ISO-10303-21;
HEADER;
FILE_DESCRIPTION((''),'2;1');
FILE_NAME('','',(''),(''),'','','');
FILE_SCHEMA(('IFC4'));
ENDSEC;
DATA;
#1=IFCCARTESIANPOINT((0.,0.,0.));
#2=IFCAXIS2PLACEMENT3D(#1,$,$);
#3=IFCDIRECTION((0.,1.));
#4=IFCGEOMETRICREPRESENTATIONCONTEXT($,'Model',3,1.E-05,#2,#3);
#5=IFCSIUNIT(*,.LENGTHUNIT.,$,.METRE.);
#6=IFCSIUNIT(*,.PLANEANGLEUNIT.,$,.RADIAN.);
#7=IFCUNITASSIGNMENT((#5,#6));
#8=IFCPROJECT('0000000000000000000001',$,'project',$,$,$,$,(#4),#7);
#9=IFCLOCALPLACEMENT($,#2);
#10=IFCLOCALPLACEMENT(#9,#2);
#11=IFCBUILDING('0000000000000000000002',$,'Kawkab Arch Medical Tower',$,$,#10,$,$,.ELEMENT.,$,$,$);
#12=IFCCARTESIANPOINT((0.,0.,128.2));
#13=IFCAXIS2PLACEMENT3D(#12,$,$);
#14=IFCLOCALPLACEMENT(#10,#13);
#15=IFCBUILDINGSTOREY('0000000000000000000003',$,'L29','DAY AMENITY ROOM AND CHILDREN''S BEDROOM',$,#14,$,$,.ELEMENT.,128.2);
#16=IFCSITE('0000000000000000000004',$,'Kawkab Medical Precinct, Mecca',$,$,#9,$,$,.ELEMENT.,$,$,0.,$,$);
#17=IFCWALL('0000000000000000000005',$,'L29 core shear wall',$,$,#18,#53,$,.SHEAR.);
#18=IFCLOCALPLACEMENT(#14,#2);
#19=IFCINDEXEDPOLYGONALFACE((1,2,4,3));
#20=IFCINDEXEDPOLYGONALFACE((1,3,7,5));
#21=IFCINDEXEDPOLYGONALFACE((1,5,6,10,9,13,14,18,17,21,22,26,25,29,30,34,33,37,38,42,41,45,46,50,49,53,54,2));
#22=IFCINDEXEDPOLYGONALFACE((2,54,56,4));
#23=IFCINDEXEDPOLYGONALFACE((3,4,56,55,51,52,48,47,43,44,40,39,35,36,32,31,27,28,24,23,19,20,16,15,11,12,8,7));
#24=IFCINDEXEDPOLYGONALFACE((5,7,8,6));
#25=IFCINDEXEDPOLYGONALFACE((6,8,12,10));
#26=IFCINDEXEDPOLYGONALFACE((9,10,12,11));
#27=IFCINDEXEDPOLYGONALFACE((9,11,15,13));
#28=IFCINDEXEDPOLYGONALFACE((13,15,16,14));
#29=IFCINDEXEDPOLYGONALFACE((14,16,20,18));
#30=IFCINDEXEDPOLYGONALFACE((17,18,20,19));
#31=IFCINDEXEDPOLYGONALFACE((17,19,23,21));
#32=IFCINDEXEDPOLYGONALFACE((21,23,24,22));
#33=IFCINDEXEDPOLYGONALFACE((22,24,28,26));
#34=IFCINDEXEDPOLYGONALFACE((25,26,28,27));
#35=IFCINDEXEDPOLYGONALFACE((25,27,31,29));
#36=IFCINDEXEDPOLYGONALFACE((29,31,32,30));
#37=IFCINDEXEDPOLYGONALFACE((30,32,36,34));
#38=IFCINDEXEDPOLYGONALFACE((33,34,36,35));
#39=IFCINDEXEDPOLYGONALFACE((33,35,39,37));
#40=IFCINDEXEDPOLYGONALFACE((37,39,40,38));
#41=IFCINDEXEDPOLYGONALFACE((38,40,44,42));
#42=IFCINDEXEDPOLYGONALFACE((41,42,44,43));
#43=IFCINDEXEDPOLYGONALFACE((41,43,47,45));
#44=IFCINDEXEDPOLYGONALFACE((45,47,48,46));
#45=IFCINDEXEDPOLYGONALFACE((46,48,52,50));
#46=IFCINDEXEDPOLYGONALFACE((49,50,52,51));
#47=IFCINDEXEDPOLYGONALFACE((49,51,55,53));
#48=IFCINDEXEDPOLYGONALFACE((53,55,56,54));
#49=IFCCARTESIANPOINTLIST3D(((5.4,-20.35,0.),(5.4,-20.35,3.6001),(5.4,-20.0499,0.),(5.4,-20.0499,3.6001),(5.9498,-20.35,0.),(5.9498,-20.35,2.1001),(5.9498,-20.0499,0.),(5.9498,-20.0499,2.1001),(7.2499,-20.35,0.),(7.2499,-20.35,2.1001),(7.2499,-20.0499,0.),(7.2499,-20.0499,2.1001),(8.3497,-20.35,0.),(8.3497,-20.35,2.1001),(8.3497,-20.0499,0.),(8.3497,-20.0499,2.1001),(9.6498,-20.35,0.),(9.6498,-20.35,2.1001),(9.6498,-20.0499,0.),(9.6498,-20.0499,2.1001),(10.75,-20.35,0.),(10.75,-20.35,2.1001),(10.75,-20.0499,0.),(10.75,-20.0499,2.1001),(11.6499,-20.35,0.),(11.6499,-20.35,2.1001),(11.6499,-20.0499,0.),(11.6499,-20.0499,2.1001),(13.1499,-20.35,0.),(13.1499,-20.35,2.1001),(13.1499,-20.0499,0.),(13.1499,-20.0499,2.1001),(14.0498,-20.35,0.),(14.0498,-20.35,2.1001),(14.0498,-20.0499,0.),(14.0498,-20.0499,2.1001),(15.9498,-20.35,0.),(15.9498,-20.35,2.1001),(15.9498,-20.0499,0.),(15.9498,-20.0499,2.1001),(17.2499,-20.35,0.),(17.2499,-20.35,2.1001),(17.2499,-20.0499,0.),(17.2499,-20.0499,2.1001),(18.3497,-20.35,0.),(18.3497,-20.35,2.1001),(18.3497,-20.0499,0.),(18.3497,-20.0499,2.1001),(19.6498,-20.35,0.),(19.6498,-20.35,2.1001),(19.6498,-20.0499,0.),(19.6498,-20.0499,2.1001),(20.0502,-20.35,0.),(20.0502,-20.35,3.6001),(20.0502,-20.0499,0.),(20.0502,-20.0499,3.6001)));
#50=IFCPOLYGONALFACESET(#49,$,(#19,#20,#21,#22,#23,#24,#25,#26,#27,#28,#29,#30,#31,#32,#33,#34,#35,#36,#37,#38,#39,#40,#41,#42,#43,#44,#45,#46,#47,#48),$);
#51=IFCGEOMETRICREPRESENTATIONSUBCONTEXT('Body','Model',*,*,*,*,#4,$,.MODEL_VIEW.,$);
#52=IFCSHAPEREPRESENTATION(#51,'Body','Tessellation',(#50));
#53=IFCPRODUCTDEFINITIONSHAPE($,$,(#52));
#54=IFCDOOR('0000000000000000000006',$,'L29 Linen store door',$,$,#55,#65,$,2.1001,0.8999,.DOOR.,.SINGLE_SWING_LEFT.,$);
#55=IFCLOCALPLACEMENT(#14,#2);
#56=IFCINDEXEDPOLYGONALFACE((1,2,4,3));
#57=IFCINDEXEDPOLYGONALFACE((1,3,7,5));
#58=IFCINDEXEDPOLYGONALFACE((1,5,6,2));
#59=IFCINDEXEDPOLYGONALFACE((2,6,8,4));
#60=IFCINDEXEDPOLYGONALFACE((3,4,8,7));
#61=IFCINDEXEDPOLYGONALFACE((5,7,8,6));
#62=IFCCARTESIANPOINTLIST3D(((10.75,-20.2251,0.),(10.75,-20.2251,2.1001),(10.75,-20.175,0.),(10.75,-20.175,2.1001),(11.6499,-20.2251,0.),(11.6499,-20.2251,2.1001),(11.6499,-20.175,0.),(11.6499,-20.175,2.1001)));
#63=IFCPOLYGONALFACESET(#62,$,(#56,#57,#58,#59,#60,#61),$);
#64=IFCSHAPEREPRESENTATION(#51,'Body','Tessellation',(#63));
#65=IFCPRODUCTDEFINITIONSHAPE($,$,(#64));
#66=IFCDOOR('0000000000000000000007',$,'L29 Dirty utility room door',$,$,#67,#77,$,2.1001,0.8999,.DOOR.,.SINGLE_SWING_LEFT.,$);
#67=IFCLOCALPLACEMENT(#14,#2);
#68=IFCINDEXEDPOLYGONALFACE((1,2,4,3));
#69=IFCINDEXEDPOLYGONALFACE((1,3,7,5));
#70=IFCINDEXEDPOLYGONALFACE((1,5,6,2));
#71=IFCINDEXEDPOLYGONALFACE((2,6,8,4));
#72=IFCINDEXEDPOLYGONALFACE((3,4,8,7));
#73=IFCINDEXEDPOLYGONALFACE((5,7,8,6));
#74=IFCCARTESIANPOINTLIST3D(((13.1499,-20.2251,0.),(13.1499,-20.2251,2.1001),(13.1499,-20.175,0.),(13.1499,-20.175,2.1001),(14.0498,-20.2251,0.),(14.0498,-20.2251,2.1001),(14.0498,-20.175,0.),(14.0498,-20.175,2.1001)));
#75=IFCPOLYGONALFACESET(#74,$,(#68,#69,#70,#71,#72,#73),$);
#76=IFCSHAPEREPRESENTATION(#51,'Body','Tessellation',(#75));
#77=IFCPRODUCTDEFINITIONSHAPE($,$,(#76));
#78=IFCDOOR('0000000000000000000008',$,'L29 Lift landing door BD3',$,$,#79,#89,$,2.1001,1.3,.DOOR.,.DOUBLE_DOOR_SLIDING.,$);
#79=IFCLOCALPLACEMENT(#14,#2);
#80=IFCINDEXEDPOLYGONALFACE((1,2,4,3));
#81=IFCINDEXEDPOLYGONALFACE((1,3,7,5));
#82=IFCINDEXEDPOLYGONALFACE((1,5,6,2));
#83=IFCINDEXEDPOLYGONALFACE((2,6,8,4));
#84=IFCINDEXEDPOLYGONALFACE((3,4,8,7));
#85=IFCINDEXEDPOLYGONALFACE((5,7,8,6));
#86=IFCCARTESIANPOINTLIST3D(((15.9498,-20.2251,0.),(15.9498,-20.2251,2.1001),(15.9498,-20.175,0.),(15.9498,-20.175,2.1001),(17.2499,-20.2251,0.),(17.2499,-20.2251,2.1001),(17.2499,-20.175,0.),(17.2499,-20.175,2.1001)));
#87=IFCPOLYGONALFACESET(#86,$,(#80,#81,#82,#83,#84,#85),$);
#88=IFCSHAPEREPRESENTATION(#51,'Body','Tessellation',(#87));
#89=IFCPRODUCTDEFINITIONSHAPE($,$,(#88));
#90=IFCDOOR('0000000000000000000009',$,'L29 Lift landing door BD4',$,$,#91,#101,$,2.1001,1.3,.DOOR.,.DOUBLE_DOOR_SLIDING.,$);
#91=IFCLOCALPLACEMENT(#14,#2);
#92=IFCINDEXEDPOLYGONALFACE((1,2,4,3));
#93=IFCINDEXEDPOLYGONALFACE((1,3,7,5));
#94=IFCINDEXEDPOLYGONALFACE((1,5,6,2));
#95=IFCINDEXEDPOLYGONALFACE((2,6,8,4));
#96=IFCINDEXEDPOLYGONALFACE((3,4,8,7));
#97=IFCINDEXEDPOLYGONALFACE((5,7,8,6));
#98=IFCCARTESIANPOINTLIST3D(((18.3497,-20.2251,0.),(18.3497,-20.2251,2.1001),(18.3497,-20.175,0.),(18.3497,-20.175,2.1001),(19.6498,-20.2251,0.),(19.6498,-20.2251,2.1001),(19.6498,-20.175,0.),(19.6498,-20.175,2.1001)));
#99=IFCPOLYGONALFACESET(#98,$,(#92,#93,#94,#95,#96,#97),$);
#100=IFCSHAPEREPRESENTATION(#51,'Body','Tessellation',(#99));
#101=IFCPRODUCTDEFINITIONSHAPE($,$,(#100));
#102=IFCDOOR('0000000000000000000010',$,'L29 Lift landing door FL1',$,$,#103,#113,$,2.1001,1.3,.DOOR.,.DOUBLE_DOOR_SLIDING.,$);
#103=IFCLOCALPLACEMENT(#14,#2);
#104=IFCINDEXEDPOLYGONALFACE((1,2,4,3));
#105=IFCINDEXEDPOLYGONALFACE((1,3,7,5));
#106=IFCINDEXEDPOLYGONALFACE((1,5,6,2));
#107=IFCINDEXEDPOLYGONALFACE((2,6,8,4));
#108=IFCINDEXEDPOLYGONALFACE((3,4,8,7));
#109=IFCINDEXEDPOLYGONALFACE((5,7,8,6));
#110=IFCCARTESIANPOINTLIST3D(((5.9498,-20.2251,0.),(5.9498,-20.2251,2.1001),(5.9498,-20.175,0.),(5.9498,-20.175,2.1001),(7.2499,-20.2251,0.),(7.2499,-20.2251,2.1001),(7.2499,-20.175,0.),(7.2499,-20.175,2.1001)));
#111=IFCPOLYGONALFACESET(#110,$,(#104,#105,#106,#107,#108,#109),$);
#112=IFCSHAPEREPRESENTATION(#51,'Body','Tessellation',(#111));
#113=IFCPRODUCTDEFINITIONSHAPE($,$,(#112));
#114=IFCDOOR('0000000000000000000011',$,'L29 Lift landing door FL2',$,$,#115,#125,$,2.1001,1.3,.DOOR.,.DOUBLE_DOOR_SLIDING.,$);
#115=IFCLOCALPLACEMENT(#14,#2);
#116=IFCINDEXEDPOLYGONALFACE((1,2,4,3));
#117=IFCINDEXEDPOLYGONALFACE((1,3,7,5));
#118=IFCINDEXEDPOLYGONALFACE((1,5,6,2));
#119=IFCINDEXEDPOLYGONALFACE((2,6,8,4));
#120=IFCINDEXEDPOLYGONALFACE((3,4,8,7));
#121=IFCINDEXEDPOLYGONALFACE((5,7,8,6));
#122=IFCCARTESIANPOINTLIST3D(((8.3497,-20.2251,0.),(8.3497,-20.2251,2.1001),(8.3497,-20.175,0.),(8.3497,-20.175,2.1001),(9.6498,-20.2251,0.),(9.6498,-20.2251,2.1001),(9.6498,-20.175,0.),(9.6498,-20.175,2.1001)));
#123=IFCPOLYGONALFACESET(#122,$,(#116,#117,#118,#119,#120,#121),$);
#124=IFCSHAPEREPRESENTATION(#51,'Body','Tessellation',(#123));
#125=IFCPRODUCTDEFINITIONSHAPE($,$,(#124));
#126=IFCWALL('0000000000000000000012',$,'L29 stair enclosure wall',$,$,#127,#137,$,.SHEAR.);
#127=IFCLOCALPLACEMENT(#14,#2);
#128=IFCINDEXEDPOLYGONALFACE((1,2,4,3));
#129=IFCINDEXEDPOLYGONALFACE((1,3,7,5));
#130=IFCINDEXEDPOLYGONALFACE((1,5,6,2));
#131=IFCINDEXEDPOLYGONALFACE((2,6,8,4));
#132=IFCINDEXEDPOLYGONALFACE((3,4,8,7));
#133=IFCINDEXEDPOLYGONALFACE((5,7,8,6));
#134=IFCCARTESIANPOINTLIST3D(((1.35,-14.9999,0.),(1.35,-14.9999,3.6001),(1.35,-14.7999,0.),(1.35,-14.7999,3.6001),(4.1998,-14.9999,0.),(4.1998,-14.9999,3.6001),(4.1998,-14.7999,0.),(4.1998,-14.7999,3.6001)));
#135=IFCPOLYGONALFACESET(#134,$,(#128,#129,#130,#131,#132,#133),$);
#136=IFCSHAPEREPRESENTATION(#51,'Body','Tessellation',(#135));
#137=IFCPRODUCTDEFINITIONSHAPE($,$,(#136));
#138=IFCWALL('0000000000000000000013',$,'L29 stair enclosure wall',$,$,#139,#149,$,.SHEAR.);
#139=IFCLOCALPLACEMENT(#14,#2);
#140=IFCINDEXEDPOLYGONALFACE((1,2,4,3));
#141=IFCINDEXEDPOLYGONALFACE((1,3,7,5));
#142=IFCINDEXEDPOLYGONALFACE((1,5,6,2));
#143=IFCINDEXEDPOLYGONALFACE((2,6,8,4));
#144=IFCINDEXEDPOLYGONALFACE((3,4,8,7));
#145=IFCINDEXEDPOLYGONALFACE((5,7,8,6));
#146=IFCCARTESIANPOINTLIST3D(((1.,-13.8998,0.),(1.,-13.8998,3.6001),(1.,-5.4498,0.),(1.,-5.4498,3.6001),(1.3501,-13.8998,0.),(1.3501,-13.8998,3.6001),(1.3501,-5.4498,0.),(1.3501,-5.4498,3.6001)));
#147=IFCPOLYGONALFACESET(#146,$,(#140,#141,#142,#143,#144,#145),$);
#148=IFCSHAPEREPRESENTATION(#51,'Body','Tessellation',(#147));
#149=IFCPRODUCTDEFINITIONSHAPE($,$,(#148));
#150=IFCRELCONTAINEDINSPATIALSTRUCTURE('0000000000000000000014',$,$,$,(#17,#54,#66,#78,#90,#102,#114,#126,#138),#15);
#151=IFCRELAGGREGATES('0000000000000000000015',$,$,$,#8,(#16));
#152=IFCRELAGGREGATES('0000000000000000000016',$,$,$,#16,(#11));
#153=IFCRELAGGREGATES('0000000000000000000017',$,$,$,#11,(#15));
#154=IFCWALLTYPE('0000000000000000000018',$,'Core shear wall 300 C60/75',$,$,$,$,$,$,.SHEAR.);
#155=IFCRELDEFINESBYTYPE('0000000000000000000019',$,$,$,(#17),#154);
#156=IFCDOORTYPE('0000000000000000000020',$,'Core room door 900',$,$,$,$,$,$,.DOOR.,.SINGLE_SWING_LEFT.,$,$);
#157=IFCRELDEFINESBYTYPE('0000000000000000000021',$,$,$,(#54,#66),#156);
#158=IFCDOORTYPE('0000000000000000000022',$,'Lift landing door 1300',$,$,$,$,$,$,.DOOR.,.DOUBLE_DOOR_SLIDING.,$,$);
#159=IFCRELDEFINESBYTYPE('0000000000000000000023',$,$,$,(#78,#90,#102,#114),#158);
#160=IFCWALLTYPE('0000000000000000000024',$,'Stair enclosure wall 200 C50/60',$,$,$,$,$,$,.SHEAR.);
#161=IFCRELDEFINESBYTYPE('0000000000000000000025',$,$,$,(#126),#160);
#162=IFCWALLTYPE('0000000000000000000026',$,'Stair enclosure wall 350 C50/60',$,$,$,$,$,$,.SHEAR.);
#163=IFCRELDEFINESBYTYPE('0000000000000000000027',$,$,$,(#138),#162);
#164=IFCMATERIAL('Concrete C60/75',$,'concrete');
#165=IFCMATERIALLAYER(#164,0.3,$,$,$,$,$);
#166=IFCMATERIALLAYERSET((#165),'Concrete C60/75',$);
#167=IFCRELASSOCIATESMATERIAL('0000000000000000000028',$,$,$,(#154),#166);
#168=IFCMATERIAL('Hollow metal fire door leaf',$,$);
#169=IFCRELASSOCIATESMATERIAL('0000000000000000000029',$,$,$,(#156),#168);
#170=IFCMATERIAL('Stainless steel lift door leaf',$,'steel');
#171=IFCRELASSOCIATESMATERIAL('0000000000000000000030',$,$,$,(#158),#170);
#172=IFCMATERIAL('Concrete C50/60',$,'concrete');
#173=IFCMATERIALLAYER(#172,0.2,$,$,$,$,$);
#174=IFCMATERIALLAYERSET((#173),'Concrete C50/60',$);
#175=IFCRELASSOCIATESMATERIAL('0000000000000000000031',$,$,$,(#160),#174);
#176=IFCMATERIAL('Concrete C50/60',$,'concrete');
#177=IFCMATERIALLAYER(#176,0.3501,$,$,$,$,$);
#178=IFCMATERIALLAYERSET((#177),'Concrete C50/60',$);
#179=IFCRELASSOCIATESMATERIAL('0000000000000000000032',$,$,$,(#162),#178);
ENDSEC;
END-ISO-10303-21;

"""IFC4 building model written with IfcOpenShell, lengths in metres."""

from ifc_helpers import new_model, si_unit, direction, frame, frame_2d, origin, place, context, subcontext, project, spatial, rectangle, extrude, material, layer, layer_set, type_object, element, fill, save


model = new_model("IFC4")

# Units and contexts
model_context = context("Model", 3, precision=1e-05, world=origin(), true_north=direction((0.0, 1.0)))
body_context = subcontext(model_context, "Body", "Model", "MODEL_VIEW")
ifc_project = project(units=[si_unit("LENGTHUNIT", "METRE"), si_unit("PLANEANGLEUNIT", "RADIAN")], contexts=[model_context])

# Site, building, storey
site_placement = place(None, origin())
site = spatial("IfcSite", under=ifc_project, at=site_placement, Name="Kawkab Medical Precinct, Mecca", CompositionType="ELEMENT", RefElevation=0.0)
building_placement = place(site_placement, origin())
building = spatial("IfcBuilding", under=site, at=building_placement, Name="Kawkab Arch Medical Tower", CompositionType="ELEMENT")
storey_placement = place(building_placement, frame((0.0, 0.0, 128.2)))
storey = spatial("IfcBuildingStorey", under=building, at=storey_placement, Name="L29", Description="DAY AMENITY ROOM AND CHILDREN'S BEDROOM", CompositionType="ELEMENT", Elevation=128.2)

# Shared definitions
ifc_material_1 = material(Name="Concrete C60/75", Category="concrete")
ifc_layer_1 = layer(ifc_material_1, 0.3)
ifc_layer_set_1 = layer_set([ifc_layer_1], Name="Concrete C60/75")
wall_type_1 = type_object("IfcWallType", Name="Core shear wall 300 C60/75", PredefinedType="SHEAR", material=ifc_layer_set_1)

# Wall, openings, doors
wall_1_placement = place(storey_placement, frame((5.3999, -20.2, 0.0), z_axis=(0.0, 0.0, 1.0), x_axis=(1.0, 0.0, 0.0)))
wall_1 = element("IfcWall", 1, at=wall_1_placement, inside=storey, type_object=wall_type_1, Name="L29 core shear wall", PredefinedType="SHEAR", context=body_context, shape_type="SweptSolid", body=[
    extrude(rectangle(XDim=14.6501, YDim=0.3, at=frame_2d((7.3252, 0.0))), origin(), (0.0, 0.0, 1.0), 3.6001),
])
opening_1_placement = place(wall_1_placement, frame((10.55, 0.0, 0.0)))
opening_1 = element("IfcOpeningElement", 2, at=opening_1_placement, cuts=wall_1, PredefinedType="OPENING", context=body_context, shape_type="SweptSolid", body=[
    extrude(rectangle(XDim=1.3, YDim=2.1001, at=frame_2d((0.6499, 1.05))), frame((0.0, 0.1599, 0.0), z_axis=(0.0, -1.0, 0.0), x_axis=(1.0, 0.0, 0.0)), (0.0, 0.0, 1.0), 0.3201),
])
opening_2_placement = place(wall_1_placement, frame((12.95, 0.0, 0.0)))
opening_2 = element("IfcOpeningElement", 3, at=opening_2_placement, cuts=wall_1, PredefinedType="OPENING", context=body_context, shape_type="SweptSolid", body=[
    extrude(rectangle(XDim=1.3, YDim=2.1001, at=frame_2d((0.6499, 1.05))), frame((0.0, 0.1599, 0.0), z_axis=(0.0, -1.0, 0.0), x_axis=(1.0, 0.0, 0.0)), (0.0, 0.0, 1.0), 0.3201),
])
opening_3_placement = place(wall_1_placement, frame((0.55, 0.0, 0.0)))
opening_3 = element("IfcOpeningElement", 4, at=opening_3_placement, cuts=wall_1, PredefinedType="OPENING", context=body_context, shape_type="SweptSolid", body=[
    extrude(rectangle(XDim=1.3, YDim=2.1001, at=frame_2d((0.6499, 1.05))), frame((0.0, 0.1599, 0.0), z_axis=(0.0, -1.0, 0.0), x_axis=(1.0, 0.0, 0.0)), (0.0, 0.0, 1.0), 0.3201),
])
opening_4_placement = place(wall_1_placement, frame((2.95, 0.0, 0.0)))
opening_4 = element("IfcOpeningElement", 5, at=opening_4_placement, cuts=wall_1, PredefinedType="OPENING", context=body_context, shape_type="SweptSolid", body=[
    extrude(rectangle(XDim=1.3, YDim=2.1001, at=frame_2d((0.6499, 1.05))), frame((0.0, 0.1599, 0.0), z_axis=(0.0, -1.0, 0.0), x_axis=(1.0, 0.0, 0.0)), (0.0, 0.0, 1.0), 0.3201),
])
opening_5_placement = place(wall_1_placement, frame((5.3501, 0.0, 0.0)))
opening_5 = element("IfcOpeningElement", 6, at=opening_5_placement, cuts=wall_1, PredefinedType="OPENING", context=body_context, shape_type="SweptSolid", body=[
    extrude(rectangle(XDim=0.8999, YDim=2.1001, at=frame_2d((0.45, 1.05))), frame((0.0, 0.1599, 0.0), z_axis=(0.0, -1.0, 0.0), x_axis=(1.0, 0.0, 0.0)), (0.0, 0.0, 1.0), 0.3201),
])
opening_6_placement = place(wall_1_placement, frame((7.75, 0.0, 0.0)))
opening_6 = element("IfcOpeningElement", 7, at=opening_6_placement, cuts=wall_1, PredefinedType="OPENING", context=body_context, shape_type="SweptSolid", body=[
    extrude(rectangle(XDim=0.8999, YDim=2.1001, at=frame_2d((0.45, 1.05))), frame((0.0, 0.1599, 0.0), z_axis=(0.0, -1.0, 0.0), x_axis=(1.0, 0.0, 0.0)), (0.0, 0.0, 1.0), 0.3201),
])
ifc_material_2 = material(Name="Hollow metal fire door leaf")
door_type_1 = type_object("IfcDoorType", Name="Core room door 900", OperationType="SINGLE_SWING_LEFT", PredefinedType="DOOR", material=ifc_material_2)
door_1_placement = place(opening_5_placement, origin())
door_1 = element("IfcDoor", 8, at=door_1_placement, inside=storey, type_object=door_type_1, Name="L29 Linen store door", OperationType="SINGLE_SWING_LEFT", OverallHeight=2.1001, OverallWidth=0.8999, PredefinedType="DOOR", context=body_context, shape_type="SweptSolid", body=[
    extrude(rectangle(XDim=0.8999, YDim=2.1001, at=frame_2d((0.45, 1.05))), frame((0.0, 0.0249, 0.0), z_axis=(0.0, -1.0, 0.0), x_axis=(1.0, 0.0, 0.0)), (0.0, 0.0, 1.0), 0.05),
])
fill(opening_5, door_1)
door_2_placement = place(opening_6_placement, origin())
door_2 = element("IfcDoor", 9, at=door_2_placement, inside=storey, type_object=door_type_1, Name="L29 Dirty utility room door", OperationType="SINGLE_SWING_LEFT", OverallHeight=2.1001, OverallWidth=0.8999, PredefinedType="DOOR", context=body_context, shape_type="SweptSolid", body=[
    extrude(rectangle(XDim=0.8999, YDim=2.1001, at=frame_2d((0.45, 1.05))), frame((0.0, 0.0249, 0.0), z_axis=(0.0, -1.0, 0.0), x_axis=(1.0, 0.0, 0.0)), (0.0, 0.0, 1.0), 0.05),
])
fill(opening_6, door_2)
ifc_material_3 = material(Name="Stainless steel lift door leaf", Category="steel")
door_type_2 = type_object("IfcDoorType", Name="Lift landing door 1300", OperationType="DOUBLE_DOOR_SLIDING", PredefinedType="DOOR", material=ifc_material_3)
door_3_placement = place(opening_1_placement, origin())
door_3 = element("IfcDoor", 10, at=door_3_placement, inside=storey, type_object=door_type_2, Name="L29 Lift landing door BD3", OperationType="DOUBLE_DOOR_SLIDING", OverallHeight=2.1001, OverallWidth=1.3, PredefinedType="DOOR", context=body_context, shape_type="SweptSolid", body=[
    extrude(rectangle(XDim=1.3, YDim=2.1001, at=frame_2d((0.6499, 1.05))), frame((0.0, 0.0249, 0.0), z_axis=(0.0, -1.0, 0.0), x_axis=(1.0, 0.0, 0.0)), (0.0, 0.0, 1.0), 0.05),
])
fill(opening_1, door_3)
door_4_placement = place(opening_2_placement, origin())
door_4 = element("IfcDoor", 11, at=door_4_placement, inside=storey, type_object=door_type_2, Name="L29 Lift landing door BD4", OperationType="DOUBLE_DOOR_SLIDING", OverallHeight=2.1001, OverallWidth=1.3, PredefinedType="DOOR", context=body_context, shape_type="SweptSolid", body=[
    extrude(rectangle(XDim=1.3, YDim=2.1001, at=frame_2d((0.6499, 1.05))), frame((0.0, 0.0249, 0.0), z_axis=(0.0, -1.0, 0.0), x_axis=(1.0, 0.0, 0.0)), (0.0, 0.0, 1.0), 0.05),
])
fill(opening_2, door_4)
door_5_placement = place(opening_3_placement, origin())
door_5 = element("IfcDoor", 12, at=door_5_placement, inside=storey, type_object=door_type_2, Name="L29 Lift landing door FL1", OperationType="DOUBLE_DOOR_SLIDING", OverallHeight=2.1001, OverallWidth=1.3, PredefinedType="DOOR", context=body_context, shape_type="SweptSolid", body=[
    extrude(rectangle(XDim=1.3, YDim=2.1001, at=frame_2d((0.6499, 1.05))), frame((0.0, 0.0249, 0.0), z_axis=(0.0, -1.0, 0.0), x_axis=(1.0, 0.0, 0.0)), (0.0, 0.0, 1.0), 0.05),
])
fill(opening_3, door_5)
door_6_placement = place(opening_4_placement, origin())
door_6 = element("IfcDoor", 13, at=door_6_placement, inside=storey, type_object=door_type_2, Name="L29 Lift landing door FL2", OperationType="DOUBLE_DOOR_SLIDING", OverallHeight=2.1001, OverallWidth=1.3, PredefinedType="DOOR", context=body_context, shape_type="SweptSolid", body=[
    extrude(rectangle(XDim=1.3, YDim=2.1001, at=frame_2d((0.6499, 1.05))), frame((0.0, 0.0249, 0.0), z_axis=(0.0, -1.0, 0.0), x_axis=(1.0, 0.0, 0.0)), (0.0, 0.0, 1.0), 0.05),
])
fill(opening_4, door_6)

# Walls
ifc_material_4 = material(Name="Concrete C50/60", Category="concrete")
ifc_layer_2 = layer(ifc_material_4, 0.2)
ifc_layer_set_2 = layer_set([ifc_layer_2], Name="Concrete C50/60")
wall_type_2 = type_object("IfcWallType", Name="Stair enclosure wall 200 C50/60", PredefinedType="SHEAR", material=ifc_layer_set_2)
wall_2_placement = place(storey_placement, frame((1.3501, -14.8999, 0.0), z_axis=(0.0, 0.0, 1.0), x_axis=(1.0, 0.0, 0.0)))
element("IfcWall", 14, at=wall_2_placement, inside=storey, type_object=wall_type_2, Name="L29 stair enclosure wall", PredefinedType="SHEAR", context=body_context, shape_type="SweptSolid", body=[
    extrude(rectangle(XDim=2.8499, YDim=0.2, at=frame_2d((1.4248, 0.0))), origin(), (0.0, 0.0, 1.0), 3.6001),
])
ifc_material_5 = material(Name="Concrete C50/60", Category="concrete")
ifc_layer_3 = layer(ifc_material_5, 0.3501)
ifc_layer_set_3 = layer_set([ifc_layer_3], Name="Concrete C50/60")
wall_type_3 = type_object("IfcWallType", Name="Stair enclosure wall 350 C50/60", PredefinedType="SHEAR", material=ifc_layer_set_3)
wall_3_placement = place(storey_placement, frame((1.175, -13.8999, 0.0), z_axis=(0.0, 0.0, 1.0), x_axis=(0.0, 1.0, 0.0)))
element("IfcWall", 15, at=wall_3_placement, inside=storey, type_object=wall_type_3, Name="L29 stair enclosure wall", PredefinedType="SHEAR", context=body_context, shape_type="SweptSolid", body=[
    extrude(rectangle(XDim=8.45, YDim=0.3501, at=frame_2d((4.2251, 0.0))), origin(), (0.0, 0.0, 1.0), 3.6001),
])

save(model, "model.ifc")
